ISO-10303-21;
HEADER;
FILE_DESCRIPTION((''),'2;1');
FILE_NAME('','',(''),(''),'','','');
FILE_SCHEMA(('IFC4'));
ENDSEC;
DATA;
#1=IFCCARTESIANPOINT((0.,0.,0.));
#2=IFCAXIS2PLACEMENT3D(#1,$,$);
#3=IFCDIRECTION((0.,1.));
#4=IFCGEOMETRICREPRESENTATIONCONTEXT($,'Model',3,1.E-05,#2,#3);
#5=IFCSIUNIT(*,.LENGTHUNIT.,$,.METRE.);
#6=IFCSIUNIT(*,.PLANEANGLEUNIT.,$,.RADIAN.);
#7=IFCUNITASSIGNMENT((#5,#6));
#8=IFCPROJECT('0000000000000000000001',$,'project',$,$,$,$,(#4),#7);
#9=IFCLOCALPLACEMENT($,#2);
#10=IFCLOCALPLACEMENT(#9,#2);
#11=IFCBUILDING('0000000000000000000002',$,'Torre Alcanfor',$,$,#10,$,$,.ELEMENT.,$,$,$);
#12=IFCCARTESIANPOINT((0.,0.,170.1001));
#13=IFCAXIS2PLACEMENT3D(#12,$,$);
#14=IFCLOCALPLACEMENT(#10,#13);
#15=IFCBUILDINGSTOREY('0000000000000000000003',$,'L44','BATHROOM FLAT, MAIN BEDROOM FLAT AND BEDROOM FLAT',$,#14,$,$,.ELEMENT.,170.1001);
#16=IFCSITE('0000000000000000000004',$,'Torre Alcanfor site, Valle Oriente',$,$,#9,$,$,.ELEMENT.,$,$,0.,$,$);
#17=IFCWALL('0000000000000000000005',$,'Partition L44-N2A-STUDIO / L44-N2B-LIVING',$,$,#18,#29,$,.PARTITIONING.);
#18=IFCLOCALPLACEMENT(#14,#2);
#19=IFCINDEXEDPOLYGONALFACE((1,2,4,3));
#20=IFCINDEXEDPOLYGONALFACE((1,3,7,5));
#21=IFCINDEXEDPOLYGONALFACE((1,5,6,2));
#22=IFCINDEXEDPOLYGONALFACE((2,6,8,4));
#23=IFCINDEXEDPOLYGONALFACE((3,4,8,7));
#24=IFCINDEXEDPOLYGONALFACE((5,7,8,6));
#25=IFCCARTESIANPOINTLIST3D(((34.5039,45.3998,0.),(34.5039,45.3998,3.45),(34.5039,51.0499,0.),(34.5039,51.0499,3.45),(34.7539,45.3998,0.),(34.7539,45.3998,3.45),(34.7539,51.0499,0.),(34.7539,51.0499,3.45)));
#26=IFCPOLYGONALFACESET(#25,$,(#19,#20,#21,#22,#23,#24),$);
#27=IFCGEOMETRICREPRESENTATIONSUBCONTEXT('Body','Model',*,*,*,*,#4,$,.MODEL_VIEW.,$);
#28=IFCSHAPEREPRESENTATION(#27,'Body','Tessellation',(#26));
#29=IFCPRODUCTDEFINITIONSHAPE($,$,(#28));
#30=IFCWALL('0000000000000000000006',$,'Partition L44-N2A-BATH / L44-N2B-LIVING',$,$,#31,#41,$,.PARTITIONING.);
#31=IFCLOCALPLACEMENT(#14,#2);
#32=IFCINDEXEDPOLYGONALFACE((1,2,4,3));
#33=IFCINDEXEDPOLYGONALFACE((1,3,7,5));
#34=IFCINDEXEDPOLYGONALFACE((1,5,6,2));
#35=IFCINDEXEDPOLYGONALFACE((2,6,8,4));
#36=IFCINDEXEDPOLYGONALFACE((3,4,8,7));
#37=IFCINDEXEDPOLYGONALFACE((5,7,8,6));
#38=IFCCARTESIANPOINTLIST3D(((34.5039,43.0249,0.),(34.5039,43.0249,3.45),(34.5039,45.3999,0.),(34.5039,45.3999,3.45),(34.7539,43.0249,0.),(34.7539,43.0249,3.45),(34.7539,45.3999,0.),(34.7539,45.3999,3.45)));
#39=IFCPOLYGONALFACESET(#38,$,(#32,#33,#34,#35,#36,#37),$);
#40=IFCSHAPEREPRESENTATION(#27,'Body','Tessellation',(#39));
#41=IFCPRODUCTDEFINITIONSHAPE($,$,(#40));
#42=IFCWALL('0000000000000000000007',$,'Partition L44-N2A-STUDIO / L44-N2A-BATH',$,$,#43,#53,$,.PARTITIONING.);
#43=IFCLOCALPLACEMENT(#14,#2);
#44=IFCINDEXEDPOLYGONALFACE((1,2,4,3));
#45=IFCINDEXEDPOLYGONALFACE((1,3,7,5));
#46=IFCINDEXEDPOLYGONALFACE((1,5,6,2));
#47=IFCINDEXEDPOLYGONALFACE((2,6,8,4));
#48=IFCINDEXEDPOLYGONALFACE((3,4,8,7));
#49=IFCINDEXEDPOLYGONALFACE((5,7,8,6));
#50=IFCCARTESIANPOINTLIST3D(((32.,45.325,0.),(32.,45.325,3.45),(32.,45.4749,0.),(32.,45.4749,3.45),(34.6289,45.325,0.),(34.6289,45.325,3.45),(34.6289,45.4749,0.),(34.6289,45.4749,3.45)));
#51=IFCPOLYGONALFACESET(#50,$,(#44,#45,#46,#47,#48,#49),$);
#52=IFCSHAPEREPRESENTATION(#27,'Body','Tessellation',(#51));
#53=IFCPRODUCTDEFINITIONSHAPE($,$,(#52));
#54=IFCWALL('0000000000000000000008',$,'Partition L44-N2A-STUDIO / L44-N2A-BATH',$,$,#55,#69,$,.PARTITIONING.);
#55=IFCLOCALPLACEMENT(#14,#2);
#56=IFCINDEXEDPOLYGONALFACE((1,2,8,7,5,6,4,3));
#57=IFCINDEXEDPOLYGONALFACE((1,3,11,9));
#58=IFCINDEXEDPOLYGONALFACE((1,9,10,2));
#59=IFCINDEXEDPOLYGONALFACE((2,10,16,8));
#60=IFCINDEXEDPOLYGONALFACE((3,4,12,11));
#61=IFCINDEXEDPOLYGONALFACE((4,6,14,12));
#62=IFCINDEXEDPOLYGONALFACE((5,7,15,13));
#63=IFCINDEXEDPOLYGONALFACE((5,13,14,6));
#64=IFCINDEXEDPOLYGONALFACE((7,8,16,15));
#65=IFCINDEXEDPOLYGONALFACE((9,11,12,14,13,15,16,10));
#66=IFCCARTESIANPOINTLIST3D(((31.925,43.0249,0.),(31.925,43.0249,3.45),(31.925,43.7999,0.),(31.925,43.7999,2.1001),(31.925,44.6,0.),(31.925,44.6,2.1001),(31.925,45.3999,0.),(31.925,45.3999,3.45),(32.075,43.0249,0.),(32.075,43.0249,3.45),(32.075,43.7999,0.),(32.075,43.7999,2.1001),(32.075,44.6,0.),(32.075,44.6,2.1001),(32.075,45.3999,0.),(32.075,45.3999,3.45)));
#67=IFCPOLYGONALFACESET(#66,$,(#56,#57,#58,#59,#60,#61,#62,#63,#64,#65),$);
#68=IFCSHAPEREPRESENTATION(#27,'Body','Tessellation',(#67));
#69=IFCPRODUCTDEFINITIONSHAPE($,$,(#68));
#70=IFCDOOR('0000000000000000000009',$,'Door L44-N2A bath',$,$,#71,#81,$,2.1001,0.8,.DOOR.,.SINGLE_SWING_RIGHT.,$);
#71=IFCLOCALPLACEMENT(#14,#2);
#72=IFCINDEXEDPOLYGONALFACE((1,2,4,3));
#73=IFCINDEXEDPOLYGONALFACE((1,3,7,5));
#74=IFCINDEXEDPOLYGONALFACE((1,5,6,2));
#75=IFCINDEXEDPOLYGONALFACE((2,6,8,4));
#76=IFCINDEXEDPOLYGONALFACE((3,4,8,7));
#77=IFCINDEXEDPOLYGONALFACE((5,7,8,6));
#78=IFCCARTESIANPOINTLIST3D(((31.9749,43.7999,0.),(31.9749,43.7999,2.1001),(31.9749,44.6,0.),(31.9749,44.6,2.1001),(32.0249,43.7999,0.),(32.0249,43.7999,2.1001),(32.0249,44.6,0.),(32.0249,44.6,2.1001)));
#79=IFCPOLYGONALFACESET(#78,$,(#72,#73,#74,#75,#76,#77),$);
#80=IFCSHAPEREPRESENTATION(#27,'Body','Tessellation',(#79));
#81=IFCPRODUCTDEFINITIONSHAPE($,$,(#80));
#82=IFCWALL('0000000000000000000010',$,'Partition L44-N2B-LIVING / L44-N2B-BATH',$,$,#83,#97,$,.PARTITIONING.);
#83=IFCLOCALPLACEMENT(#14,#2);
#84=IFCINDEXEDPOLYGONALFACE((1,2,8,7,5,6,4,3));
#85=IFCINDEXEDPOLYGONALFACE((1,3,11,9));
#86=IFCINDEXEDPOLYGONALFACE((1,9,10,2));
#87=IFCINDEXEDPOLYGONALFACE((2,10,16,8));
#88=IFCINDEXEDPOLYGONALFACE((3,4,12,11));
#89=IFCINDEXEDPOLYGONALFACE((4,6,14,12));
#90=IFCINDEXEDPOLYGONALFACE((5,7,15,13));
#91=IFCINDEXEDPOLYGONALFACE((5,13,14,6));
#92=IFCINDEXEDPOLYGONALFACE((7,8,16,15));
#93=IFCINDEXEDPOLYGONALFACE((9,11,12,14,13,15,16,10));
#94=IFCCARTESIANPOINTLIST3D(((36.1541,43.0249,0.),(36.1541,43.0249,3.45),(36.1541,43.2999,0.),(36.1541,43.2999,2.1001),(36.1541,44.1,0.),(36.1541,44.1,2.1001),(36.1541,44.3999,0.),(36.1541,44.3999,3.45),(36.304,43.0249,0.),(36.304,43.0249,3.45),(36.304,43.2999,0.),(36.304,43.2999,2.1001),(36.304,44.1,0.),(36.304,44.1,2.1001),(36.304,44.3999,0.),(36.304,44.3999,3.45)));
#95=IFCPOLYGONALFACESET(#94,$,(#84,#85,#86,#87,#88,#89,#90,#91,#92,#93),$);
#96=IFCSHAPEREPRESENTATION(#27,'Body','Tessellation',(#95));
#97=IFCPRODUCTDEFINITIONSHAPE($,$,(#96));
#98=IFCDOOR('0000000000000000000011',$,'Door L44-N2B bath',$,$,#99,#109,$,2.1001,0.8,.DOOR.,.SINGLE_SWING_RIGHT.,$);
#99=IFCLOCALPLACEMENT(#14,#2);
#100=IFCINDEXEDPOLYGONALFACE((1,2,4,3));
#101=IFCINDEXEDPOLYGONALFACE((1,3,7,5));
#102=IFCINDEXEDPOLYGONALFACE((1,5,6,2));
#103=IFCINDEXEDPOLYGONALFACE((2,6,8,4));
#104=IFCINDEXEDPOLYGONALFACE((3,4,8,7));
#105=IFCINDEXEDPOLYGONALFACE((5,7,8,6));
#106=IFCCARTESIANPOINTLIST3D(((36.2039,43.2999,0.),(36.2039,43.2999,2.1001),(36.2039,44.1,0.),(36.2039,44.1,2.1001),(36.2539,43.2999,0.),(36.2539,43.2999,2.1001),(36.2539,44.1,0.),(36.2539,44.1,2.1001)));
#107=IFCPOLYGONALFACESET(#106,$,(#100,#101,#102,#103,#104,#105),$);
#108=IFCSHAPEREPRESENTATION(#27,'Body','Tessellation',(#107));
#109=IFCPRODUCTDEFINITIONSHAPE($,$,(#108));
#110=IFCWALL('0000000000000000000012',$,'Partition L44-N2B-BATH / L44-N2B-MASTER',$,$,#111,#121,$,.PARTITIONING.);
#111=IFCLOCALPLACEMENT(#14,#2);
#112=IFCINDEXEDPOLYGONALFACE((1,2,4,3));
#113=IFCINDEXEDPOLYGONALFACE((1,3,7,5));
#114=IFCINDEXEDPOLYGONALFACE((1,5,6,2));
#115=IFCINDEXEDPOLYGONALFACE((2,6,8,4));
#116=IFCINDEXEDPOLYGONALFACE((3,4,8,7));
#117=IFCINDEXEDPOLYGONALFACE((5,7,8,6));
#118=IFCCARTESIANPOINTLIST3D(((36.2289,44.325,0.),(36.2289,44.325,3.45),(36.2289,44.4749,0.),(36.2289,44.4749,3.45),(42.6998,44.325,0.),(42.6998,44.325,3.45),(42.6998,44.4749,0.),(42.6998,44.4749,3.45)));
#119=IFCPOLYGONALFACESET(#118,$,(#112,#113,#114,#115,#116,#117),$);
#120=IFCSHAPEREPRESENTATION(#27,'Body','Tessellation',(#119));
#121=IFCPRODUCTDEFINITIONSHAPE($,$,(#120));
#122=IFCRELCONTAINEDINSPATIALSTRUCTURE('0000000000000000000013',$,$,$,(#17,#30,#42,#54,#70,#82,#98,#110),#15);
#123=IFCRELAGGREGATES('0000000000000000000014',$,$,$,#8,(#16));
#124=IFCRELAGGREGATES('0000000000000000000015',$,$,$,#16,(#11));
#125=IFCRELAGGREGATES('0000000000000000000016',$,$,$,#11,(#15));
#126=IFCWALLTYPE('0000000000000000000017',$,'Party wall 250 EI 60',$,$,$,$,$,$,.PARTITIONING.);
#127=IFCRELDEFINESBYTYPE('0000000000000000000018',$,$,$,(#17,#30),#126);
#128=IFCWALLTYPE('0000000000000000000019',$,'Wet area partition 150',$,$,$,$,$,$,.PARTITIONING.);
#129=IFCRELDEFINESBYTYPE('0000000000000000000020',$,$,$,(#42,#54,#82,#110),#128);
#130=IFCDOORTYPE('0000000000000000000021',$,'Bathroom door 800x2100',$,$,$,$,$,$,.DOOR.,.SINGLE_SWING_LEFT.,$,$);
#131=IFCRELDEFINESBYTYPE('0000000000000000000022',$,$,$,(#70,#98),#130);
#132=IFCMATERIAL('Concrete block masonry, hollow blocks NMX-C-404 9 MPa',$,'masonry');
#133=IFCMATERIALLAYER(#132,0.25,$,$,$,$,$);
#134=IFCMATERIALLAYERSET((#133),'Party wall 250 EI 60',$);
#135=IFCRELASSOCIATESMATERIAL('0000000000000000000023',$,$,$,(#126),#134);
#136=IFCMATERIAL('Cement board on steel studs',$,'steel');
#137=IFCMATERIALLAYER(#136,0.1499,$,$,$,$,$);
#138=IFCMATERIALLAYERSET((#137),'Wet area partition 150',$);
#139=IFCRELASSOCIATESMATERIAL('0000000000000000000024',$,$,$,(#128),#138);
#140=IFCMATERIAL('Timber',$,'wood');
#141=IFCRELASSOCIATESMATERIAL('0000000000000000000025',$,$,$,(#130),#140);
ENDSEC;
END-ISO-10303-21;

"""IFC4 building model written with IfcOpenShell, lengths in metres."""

from ifc_helpers import new_model, si_unit, direction, frame, frame_2d, origin, place, context, subcontext, project, spatial, rectangle, extrude, material, layer, layer_set, type_object, element, fill, save


model = new_model("IFC4")

# Units and contexts
model_context = context("Model", 3, precision=1e-05, world=origin(), true_north=direction((0.0, 1.0)))
body_context = subcontext(model_context, "Body", "Model", "MODEL_VIEW")
ifc_project = project(units=[si_unit("LENGTHUNIT", "METRE"), si_unit("PLANEANGLEUNIT", "RADIAN")], contexts=[model_context])

# Site, building, storey
site_placement = place(None, origin())
site = spatial("IfcSite", under=ifc_project, at=site_placement, Name="Torre Alcanfor site, Valle Oriente", CompositionType="ELEMENT", RefElevation=0.0)
building_placement = place(site_placement, origin())
building = spatial("IfcBuilding", under=site, at=building_placement, Name="Torre Alcanfor", CompositionType="ELEMENT")
storey_placement = place(building_placement, frame((0.0, 0.0, 170.1001)))
storey = spatial("IfcBuildingStorey", under=building, at=storey_placement, Name="L44", Description="BATHROOM FLAT, MAIN BEDROOM FLAT AND BEDROOM FLAT", CompositionType="ELEMENT", Elevation=170.1001)

# Walls
ifc_material_1 = material(Name="Concrete block masonry, hollow blocks NMX-C-404 9 MPa", Category="masonry")
ifc_layer_1 = layer(ifc_material_1, 0.25)
ifc_layer_set_1 = layer_set([ifc_layer_1], Name="Party wall 250 EI 60")
wall_type_1 = type_object("IfcWallType", Name="Party wall 250 EI 60", PredefinedType="PARTITIONING", material=ifc_layer_set_1)
wall_1_placement = place(storey_placement, frame((34.6289, 51.05, 0.0), z_axis=(0.0, 0.0, 1.0), x_axis=(0.0, -1.0, 0.0)))
element("IfcWall", 1, at=wall_1_placement, inside=storey, type_object=wall_type_1, Name="Partition L44-N2A-STUDIO / L44-N2B-LIVING", PredefinedType="PARTITIONING", context=body_context, shape_type="SweptSolid", body=[
    extrude(rectangle(XDim=5.6501, YDim=0.25, at=frame_2d((2.8252, 0.0))), origin(), (0.0, 0.0, 1.0), 3.45),
])
wall_2_placement = place(storey_placement, frame((34.6289, 45.3999, 0.0), z_axis=(0.0, 0.0, 1.0), x_axis=(0.0, -1.0, 0.0)))
element("IfcWall", 2, at=wall_2_placement, inside=storey, type_object=wall_type_1, Name="Partition L44-N2A-BATH / L44-N2B-LIVING", PredefinedType="PARTITIONING", context=body_context, shape_type="SweptSolid", body=[
    extrude(rectangle(XDim=2.375, YDim=0.25, at=frame_2d((1.1875, 0.0))), origin(), (0.0, 0.0, 1.0), 3.45),
])
ifc_material_2 = material(Name="Cement board on steel studs", Category="steel")
ifc_layer_2 = layer(ifc_material_2, 0.1499)
ifc_layer_set_2 = layer_set([ifc_layer_2], Name="Wet area partition 150")
wall_type_2 = type_object("IfcWallType", Name="Wet area partition 150", PredefinedType="PARTITIONING", material=ifc_layer_set_2)
wall_3_placement = place(storey_placement, frame((34.6289, 45.3999, 0.0), z_axis=(0.0, 0.0, 1.0), x_axis=(-1.0, 0.0, 0.0)))
element("IfcWall", 3, at=wall_3_placement, inside=storey, type_object=wall_type_2, Name="Partition L44-N2A-STUDIO / L44-N2A-BATH", PredefinedType="PARTITIONING", context=body_context, shape_type="SweptSolid", body=[
    extrude(rectangle(XDim=2.6289, YDim=0.1499, at=frame_2d((1.3145, 0.0))), origin(), (0.0, 0.0, 1.0), 3.45),
])

# Walls, openings, doors
wall_4_placement = place(storey_placement, frame((32.0, 45.3999, 0.0), z_axis=(0.0, 0.0, 1.0), x_axis=(0.0, -1.0, 0.0)))
wall_4 = element("IfcWall", 4, at=wall_4_placement, inside=storey, type_object=wall_type_2, Name="Partition L44-N2A-STUDIO / L44-N2A-BATH", PredefinedType="PARTITIONING", context=body_context, shape_type="SweptSolid", body=[
    extrude(rectangle(XDim=2.375, YDim=0.1499, at=frame_2d((1.1875, 0.0))), origin(), (0.0, 0.0, 1.0), 3.45),
])
opening_1_placement = place(wall_4_placement, frame((0.8, 0.0, 0.0)))
opening_1 = element("IfcOpeningElement", 5, at=opening_1_placement, cuts=wall_4, PredefinedType="OPENING", context=body_context, shape_type="SweptSolid", body=[
    extrude(rectangle(XDim=0.8, YDim=2.1001, at=frame_2d((0.3999, 1.05))), frame((0.0, 0.085, 0.0), z_axis=(0.0, -1.0, 0.0), x_axis=(1.0, 0.0, 0.0)), (0.0, 0.0, 1.0), 0.1699),
])
ifc_material_3 = material(Name="Timber", Category="wood")
door_type_1 = type_object("IfcDoorType", Name="Bathroom door 800x2100", OperationType="SINGLE_SWING_LEFT", PredefinedType="DOOR", material=ifc_material_3)
door_1_placement = place(opening_1_placement, origin())
door_1 = element("IfcDoor", 6, at=door_1_placement, inside=storey, type_object=door_type_1, Name="Door L44-N2A bath", OperationType="SINGLE_SWING_RIGHT", OverallHeight=2.1001, OverallWidth=0.8, PredefinedType="DOOR", context=body_context, shape_type="SweptSolid", body=[
    extrude(rectangle(XDim=0.8, YDim=2.1001, at=frame_2d((0.3999, 1.05))), frame((0.0, 0.0249, 0.0), z_axis=(0.0, -1.0, 0.0), x_axis=(1.0, 0.0, 0.0)), (0.0, 0.0, 1.0), 0.05),
])
fill(opening_1, door_1)
wall_5_placement = place(storey_placement, frame((36.229, 44.3999, 0.0), z_axis=(0.0, 0.0, 1.0), x_axis=(0.0, -1.0, 0.0)))
wall_5 = element("IfcWall", 7, at=wall_5_placement, inside=storey, type_object=wall_type_2, Name="Partition L44-N2B-LIVING / L44-N2B-BATH", PredefinedType="PARTITIONING", context=body_context, shape_type="SweptSolid", body=[
    extrude(rectangle(XDim=1.375, YDim=0.1499, at=frame_2d((0.6875, 0.0))), origin(), (0.0, 0.0, 1.0), 3.45),
])
opening_2_placement = place(wall_5_placement, frame((0.3, 0.0, 0.0)))
opening_2 = element("IfcOpeningElement", 8, at=opening_2_placement, cuts=wall_5, PredefinedType="OPENING", context=body_context, shape_type="SweptSolid", body=[
    extrude(rectangle(XDim=0.8, YDim=2.1001, at=frame_2d((0.3999, 1.05))), frame((0.0, 0.085, 0.0), z_axis=(0.0, -1.0, 0.0), x_axis=(1.0, 0.0, 0.0)), (0.0, 0.0, 1.0), 0.1699),
])
door_2_placement = place(opening_2_placement, origin())
door_2 = element("IfcDoor", 9, at=door_2_placement, inside=storey, type_object=door_type_1, Name="Door L44-N2B bath", OperationType="SINGLE_SWING_RIGHT", OverallHeight=2.1001, OverallWidth=0.8, PredefinedType="DOOR", context=body_context, shape_type="SweptSolid", body=[
    extrude(rectangle(XDim=0.8, YDim=2.1001, at=frame_2d((0.3999, 1.05))), frame((0.0, 0.0249, 0.0), z_axis=(0.0, -1.0, 0.0), x_axis=(1.0, 0.0, 0.0)), (0.0, 0.0, 1.0), 0.05),
])
fill(opening_2, door_2)

# Wall
wall_6_placement = place(storey_placement, frame((36.229, 44.3999, 0.0), z_axis=(0.0, 0.0, 1.0), x_axis=(1.0, 0.0, 0.0)))
element("IfcWall", 10, at=wall_6_placement, inside=storey, type_object=wall_type_2, Name="Partition L44-N2B-BATH / L44-N2B-MASTER", PredefinedType="PARTITIONING", context=body_context, shape_type="SweptSolid", body=[
    extrude(rectangle(XDim=6.4709, YDim=0.1499, at=frame_2d((3.2354, 0.0))), origin(), (0.0, 0.0, 1.0), 3.45),
])

save(model, "model.ifc")
